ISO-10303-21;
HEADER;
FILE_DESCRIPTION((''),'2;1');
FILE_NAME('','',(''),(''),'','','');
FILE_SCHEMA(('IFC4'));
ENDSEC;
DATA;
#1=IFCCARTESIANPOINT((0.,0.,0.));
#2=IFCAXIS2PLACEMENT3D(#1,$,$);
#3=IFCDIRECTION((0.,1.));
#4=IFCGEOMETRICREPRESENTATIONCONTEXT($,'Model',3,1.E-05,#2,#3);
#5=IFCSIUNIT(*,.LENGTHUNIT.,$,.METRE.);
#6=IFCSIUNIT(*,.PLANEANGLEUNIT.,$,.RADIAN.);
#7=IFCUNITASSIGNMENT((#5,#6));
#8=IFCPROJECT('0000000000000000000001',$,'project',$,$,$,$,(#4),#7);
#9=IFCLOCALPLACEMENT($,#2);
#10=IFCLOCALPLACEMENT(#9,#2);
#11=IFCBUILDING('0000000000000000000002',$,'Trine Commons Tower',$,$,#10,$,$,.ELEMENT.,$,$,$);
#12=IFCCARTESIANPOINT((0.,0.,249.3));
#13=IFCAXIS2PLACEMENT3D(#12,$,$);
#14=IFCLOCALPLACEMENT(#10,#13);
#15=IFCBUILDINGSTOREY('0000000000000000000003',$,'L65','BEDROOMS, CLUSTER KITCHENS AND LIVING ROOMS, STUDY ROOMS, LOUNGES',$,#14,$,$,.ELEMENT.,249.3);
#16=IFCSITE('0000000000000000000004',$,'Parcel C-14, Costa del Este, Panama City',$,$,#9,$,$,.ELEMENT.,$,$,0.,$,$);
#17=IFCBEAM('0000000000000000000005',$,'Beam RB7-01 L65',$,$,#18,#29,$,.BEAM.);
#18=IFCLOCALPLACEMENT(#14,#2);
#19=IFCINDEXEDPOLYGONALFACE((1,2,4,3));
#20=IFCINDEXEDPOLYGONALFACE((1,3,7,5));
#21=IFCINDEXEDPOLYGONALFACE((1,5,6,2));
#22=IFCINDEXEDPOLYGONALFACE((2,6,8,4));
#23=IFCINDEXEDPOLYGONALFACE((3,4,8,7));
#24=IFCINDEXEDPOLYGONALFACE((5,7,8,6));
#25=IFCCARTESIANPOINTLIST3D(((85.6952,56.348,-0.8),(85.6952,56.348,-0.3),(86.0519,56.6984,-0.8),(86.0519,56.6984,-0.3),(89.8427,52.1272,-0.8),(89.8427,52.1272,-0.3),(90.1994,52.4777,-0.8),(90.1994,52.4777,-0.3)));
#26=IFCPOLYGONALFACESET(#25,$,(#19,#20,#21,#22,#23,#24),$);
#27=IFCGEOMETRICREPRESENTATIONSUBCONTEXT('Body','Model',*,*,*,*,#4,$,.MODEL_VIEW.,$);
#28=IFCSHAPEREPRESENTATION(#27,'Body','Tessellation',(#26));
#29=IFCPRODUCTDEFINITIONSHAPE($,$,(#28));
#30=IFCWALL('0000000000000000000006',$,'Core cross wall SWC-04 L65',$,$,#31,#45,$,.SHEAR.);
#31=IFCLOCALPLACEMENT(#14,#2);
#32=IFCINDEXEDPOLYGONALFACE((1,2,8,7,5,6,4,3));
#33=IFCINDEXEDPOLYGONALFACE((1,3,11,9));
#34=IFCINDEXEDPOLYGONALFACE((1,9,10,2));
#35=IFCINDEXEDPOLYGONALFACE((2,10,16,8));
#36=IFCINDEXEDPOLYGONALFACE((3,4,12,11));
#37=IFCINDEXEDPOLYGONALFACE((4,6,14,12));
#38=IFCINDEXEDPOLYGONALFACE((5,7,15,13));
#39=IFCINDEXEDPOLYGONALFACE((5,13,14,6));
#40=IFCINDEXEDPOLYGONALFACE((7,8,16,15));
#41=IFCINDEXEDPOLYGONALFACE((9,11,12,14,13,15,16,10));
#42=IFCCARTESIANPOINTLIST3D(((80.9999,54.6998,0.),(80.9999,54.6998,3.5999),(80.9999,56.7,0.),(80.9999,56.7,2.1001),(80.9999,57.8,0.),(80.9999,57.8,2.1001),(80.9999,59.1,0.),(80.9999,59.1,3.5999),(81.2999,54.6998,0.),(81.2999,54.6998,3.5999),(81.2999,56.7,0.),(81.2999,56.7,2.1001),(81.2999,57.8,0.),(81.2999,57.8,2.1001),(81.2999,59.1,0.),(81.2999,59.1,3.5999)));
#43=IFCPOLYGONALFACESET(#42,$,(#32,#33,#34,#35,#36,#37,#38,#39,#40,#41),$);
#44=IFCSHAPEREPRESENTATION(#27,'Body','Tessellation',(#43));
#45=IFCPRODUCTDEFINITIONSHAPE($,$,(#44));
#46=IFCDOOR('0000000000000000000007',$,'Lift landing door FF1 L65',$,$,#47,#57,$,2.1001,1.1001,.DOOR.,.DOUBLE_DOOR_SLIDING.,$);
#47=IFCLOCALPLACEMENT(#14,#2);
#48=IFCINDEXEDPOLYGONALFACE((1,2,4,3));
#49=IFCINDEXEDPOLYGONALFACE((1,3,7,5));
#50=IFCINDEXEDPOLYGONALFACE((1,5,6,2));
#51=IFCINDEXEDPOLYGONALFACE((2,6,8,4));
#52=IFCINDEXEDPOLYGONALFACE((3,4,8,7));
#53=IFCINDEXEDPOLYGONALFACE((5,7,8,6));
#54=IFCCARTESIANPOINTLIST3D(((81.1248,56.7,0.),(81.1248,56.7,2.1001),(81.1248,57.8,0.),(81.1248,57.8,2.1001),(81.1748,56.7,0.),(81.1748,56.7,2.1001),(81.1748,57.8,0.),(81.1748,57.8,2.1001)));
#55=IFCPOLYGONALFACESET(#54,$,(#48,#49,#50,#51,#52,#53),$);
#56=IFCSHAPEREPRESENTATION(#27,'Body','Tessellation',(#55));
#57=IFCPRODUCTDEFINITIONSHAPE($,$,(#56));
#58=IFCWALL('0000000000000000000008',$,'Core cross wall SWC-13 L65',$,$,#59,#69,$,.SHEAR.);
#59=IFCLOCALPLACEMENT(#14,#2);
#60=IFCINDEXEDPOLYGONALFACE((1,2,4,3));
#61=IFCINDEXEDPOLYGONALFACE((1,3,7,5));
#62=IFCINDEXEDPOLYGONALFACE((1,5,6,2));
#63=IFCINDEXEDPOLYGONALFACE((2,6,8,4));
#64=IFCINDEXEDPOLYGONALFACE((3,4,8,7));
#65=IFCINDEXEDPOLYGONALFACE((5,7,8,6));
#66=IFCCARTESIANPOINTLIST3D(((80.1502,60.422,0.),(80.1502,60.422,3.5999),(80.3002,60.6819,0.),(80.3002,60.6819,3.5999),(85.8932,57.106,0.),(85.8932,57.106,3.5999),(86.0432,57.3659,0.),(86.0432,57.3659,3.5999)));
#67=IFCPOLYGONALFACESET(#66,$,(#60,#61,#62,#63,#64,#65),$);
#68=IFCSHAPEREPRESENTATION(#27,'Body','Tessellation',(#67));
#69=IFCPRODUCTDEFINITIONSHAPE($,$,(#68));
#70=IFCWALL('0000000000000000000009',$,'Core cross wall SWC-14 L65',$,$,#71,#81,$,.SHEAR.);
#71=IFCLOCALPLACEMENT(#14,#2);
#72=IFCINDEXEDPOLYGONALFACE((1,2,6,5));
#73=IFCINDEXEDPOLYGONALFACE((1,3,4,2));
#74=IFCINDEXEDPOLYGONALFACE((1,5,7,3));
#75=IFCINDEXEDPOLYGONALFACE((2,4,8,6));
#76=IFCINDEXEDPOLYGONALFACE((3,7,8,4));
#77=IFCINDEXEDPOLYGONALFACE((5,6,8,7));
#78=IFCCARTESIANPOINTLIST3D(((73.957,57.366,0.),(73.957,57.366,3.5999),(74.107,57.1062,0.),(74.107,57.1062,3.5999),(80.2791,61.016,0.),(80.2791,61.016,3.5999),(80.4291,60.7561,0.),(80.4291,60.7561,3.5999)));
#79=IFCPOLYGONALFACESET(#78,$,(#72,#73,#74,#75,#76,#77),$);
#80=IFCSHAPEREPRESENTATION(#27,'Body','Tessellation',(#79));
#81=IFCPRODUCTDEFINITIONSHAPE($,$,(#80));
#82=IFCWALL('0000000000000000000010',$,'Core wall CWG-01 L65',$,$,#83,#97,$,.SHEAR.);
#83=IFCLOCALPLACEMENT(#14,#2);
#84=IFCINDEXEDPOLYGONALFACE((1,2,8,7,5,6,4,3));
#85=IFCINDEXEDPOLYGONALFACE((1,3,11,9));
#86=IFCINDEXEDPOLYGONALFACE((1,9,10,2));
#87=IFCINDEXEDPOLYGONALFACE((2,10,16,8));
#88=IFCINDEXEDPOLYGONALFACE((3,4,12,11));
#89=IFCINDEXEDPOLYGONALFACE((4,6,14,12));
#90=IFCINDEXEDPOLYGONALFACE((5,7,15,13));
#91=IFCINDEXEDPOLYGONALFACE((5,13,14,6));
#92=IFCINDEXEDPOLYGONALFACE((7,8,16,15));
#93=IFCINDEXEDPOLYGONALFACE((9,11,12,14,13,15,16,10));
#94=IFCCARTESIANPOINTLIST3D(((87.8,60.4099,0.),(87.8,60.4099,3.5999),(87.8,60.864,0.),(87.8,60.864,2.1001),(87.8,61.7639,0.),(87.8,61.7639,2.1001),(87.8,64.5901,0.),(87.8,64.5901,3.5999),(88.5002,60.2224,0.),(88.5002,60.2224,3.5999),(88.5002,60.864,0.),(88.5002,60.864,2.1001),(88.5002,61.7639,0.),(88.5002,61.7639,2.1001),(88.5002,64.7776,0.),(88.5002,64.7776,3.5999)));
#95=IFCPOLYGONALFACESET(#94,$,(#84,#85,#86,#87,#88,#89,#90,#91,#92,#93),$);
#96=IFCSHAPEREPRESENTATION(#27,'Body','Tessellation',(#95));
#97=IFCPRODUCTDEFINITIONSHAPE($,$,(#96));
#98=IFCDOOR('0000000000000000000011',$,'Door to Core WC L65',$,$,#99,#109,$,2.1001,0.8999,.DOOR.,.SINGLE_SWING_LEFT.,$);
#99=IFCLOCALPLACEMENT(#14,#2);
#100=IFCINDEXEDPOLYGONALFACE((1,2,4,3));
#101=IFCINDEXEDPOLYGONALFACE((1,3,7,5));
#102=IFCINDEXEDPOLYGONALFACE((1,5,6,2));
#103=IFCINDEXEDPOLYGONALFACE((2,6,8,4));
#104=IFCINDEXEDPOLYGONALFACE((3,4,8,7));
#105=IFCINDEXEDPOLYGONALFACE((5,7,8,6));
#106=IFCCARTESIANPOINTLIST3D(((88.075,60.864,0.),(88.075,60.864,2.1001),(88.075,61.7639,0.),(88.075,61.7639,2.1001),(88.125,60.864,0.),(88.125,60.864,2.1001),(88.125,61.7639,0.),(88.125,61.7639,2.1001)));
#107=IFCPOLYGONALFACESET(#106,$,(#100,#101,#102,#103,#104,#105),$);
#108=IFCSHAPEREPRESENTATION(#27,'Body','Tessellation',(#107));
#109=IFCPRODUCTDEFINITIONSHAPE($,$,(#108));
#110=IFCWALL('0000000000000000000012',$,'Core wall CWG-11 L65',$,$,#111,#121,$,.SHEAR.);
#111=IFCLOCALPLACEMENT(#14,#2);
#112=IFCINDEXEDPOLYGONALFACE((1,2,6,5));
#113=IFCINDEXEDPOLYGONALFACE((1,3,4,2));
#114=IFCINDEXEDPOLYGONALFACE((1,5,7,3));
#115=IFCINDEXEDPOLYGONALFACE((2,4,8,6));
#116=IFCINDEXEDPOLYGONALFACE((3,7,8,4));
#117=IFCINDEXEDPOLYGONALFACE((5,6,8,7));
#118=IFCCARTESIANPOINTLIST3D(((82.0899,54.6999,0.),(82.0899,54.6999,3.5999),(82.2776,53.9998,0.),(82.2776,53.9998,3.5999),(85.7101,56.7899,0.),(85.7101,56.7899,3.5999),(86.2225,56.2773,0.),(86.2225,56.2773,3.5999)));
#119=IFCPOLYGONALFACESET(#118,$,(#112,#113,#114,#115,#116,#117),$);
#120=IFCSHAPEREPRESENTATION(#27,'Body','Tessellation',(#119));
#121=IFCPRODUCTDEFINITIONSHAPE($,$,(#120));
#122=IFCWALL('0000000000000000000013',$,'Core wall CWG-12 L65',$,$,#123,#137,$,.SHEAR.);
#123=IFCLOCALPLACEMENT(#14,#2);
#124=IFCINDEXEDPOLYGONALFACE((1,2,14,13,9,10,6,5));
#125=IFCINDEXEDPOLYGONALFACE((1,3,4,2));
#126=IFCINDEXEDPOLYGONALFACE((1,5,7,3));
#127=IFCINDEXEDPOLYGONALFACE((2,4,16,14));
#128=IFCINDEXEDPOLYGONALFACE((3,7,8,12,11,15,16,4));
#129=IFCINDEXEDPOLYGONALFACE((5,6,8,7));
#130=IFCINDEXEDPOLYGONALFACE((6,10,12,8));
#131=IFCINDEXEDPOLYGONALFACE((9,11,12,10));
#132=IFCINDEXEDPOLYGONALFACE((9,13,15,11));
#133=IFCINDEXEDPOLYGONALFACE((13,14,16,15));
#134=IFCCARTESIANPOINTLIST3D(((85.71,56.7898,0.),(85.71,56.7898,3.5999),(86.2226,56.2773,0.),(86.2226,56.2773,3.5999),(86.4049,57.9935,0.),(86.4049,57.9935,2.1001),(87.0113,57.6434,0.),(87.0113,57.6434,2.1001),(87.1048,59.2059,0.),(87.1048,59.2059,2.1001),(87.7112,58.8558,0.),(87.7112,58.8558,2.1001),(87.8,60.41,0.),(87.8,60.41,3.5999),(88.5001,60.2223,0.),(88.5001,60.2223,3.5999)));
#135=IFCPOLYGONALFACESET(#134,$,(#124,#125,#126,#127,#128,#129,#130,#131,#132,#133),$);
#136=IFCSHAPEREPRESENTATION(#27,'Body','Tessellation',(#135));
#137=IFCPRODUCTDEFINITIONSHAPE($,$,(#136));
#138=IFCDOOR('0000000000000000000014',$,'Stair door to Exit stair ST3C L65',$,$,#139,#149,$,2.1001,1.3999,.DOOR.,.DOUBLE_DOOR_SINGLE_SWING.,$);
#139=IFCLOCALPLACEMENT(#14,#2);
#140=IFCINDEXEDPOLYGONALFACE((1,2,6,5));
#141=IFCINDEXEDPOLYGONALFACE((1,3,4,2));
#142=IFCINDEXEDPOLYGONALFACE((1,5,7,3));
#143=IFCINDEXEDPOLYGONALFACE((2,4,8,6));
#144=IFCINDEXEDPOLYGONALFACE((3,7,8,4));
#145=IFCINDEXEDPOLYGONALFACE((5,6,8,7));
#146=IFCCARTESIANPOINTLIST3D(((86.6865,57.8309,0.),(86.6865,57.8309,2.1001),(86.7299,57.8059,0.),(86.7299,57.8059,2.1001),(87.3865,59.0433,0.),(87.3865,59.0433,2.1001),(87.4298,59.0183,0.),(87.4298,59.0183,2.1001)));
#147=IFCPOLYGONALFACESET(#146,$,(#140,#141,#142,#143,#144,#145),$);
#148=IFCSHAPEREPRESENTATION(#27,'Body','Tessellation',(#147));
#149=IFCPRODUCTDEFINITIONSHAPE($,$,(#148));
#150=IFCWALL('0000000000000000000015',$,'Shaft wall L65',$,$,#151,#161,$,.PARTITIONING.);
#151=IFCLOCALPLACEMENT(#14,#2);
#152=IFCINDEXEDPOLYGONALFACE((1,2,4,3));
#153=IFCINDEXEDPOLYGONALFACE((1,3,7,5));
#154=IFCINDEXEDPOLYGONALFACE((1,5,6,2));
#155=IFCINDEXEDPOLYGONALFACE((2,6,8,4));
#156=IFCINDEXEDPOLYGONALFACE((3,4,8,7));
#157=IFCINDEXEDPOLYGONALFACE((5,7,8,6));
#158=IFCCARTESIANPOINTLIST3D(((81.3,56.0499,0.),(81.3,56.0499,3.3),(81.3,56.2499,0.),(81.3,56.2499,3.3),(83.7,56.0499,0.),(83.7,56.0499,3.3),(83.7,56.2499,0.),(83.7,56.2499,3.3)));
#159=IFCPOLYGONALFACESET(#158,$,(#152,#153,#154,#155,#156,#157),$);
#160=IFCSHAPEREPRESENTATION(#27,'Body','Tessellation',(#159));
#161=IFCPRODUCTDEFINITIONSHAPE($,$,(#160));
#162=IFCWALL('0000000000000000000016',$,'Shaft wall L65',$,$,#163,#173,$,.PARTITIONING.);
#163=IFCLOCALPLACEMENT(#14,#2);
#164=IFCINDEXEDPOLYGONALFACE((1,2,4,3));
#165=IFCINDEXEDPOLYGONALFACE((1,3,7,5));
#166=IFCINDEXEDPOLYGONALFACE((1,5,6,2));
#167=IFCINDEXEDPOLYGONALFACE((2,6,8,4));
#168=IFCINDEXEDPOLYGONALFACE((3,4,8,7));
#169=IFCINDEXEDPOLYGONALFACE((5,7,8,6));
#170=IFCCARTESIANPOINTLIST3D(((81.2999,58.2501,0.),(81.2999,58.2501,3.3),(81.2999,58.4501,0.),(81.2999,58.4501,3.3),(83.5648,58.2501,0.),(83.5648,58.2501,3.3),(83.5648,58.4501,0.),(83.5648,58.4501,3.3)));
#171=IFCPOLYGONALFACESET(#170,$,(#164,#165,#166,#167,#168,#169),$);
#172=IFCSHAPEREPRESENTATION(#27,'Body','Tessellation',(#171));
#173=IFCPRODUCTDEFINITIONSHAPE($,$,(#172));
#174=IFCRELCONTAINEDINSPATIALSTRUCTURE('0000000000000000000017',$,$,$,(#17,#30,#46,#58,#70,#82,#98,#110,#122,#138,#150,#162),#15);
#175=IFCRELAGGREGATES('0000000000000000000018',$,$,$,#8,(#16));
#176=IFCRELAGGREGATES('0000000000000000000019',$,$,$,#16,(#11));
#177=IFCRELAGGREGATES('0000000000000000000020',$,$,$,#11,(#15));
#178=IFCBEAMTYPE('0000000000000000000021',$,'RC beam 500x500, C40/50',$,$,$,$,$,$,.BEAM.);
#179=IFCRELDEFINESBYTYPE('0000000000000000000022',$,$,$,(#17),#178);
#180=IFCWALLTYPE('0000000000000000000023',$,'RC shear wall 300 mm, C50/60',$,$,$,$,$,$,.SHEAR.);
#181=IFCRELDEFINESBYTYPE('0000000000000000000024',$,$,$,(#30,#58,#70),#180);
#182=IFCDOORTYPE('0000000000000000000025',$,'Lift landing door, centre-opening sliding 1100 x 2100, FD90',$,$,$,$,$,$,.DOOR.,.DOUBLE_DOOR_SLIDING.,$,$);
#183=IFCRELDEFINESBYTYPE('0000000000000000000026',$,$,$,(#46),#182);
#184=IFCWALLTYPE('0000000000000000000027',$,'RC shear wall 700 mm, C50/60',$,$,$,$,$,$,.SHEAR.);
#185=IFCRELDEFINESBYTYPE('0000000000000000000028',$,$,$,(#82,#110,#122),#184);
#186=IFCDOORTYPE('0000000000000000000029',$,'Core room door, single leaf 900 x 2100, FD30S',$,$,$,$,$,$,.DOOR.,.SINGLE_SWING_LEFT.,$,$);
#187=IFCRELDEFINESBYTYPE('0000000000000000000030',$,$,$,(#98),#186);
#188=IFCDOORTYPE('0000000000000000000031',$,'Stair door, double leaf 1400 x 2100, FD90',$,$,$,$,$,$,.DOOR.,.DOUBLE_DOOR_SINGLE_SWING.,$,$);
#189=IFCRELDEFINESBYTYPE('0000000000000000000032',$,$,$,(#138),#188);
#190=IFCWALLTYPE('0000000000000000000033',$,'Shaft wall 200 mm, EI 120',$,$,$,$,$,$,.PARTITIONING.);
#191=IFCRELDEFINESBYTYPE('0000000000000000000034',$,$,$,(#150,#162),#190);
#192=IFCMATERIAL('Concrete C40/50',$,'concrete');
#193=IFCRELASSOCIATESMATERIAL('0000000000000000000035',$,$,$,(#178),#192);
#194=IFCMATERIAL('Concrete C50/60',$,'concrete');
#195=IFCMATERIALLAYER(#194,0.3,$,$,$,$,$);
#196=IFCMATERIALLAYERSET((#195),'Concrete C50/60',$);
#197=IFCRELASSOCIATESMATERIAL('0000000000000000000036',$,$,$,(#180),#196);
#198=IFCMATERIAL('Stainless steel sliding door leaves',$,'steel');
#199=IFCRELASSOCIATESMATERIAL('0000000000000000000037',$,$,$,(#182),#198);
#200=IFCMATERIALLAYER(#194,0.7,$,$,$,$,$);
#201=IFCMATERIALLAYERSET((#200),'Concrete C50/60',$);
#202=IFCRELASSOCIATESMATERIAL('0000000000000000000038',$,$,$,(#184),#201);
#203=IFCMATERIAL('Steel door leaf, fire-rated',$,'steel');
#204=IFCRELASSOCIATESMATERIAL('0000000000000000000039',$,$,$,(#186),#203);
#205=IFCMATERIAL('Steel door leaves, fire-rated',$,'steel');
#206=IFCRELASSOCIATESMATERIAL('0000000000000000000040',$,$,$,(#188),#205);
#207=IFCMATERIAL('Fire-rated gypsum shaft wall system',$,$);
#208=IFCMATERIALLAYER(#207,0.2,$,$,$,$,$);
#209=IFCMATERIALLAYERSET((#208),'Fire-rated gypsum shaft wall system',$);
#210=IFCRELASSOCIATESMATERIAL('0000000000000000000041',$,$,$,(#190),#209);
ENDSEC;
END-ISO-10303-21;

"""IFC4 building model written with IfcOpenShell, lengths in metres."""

from ifc_helpers import new_model, si_unit, direction, frame, frame_2d, origin, origin_2d, place, context, subcontext, project, spatial, polyline, rectangle, outline, extrude, material, layer, layer_set, material_profile, profile_set, type_object, element, fill, save


model = new_model("IFC4")

# Units and contexts
model_context = context("Model", 3, precision=1e-05, world=origin(), true_north=direction((0.0, 1.0)))
body_context = subcontext(model_context, "Body", "Model", "MODEL_VIEW")
ifc_project = project(units=[si_unit("LENGTHUNIT", "METRE"), si_unit("PLANEANGLEUNIT", "RADIAN")], contexts=[model_context])

# Site, building, storey
site_placement = place(None, origin())
site = spatial("IfcSite", under=ifc_project, at=site_placement, Name="Parcel C-14, Costa del Este, Panama City", CompositionType="ELEMENT", RefElevation=0.0)
building_placement = place(site_placement, origin())
building = spatial("IfcBuilding", under=site, at=building_placement, Name="Trine Commons Tower", CompositionType="ELEMENT")
storey_placement = place(building_placement, frame((0.0, 0.0, 249.3)))
storey = spatial("IfcBuildingStorey", under=building, at=storey_placement, Name="L65", Description="BEDROOMS, CLUSTER KITCHENS AND LIVING ROOMS, STUDY ROOMS, LOUNGES", CompositionType="ELEMENT", Elevation=249.3)

# Beam
ifc_material_1 = material(Name="Concrete C40/50", Category="concrete")
ifc_material_profile = material_profile(ifc_material_1, rectangle(XDim=0.5, YDim=0.5, at=origin_2d()), Name="RC 500x500")
ifc_profile_set = profile_set([ifc_material_profile], Name="Concrete C40/50")
beam_type = type_object("IfcBeamType", Name="RC beam 500x500, C40/50", PredefinedType="BEAM", material=ifc_profile_set)
beam_placement = place(storey_placement, frame((85.8735, 56.5232, -0.55), z_axis=(0.700891, -0.713268, 0.0), x_axis=(0.713268, 0.700891, 0.0)))
element("IfcBeam", 1, at=beam_placement, inside=storey, type_object=beam_type, Name="Beam RB7-01 L65", PredefinedType="BEAM", context=body_context, shape_type="SweptSolid", body=[
    extrude(rectangle(XDim=0.5, YDim=0.5, at=origin_2d()), origin(), (0.0, 0.0, 1.0), 5.9175),
])

# Wall, opening, door
ifc_material_2 = material(Name="Concrete C50/60", Category="concrete")
ifc_layer_1 = layer(ifc_material_2, 0.3)
ifc_layer_set_1 = layer_set([ifc_layer_1], Name="Concrete C50/60")
wall_type_1 = type_object("IfcWallType", Name="RC shear wall 300 mm, C50/60", PredefinedType="SHEAR", material=ifc_layer_set_1)
wall_1_placement = place(storey_placement, frame((81.1499, 59.1001, 0.0), z_axis=(0.0, 0.0, 1.0), x_axis=(0.0, -1.0, 0.0)))
wall_1 = element("IfcWall", 2, at=wall_1_placement, inside=storey, type_object=wall_type_1, Name="Core cross wall SWC-04 L65", PredefinedType="SHEAR", context=body_context, shape_type="SweptSolid", body=[
    extrude(rectangle(XDim=4.4001, YDim=0.3, at=frame_2d((2.2002, 0.0))), origin(), (0.0, 0.0, 1.0), 3.5999),
])
opening_1_placement = place(wall_1_placement, frame((1.3, 0.0, 0.0)))
opening_1 = element("IfcOpeningElement", 3, at=opening_1_placement, cuts=wall_1, PredefinedType="OPENING", context=body_context, shape_type="SweptSolid", body=[
    extrude(rectangle(XDim=1.1001, YDim=2.1001, at=frame_2d((0.55, 1.05))), frame((0.0, 0.1599, 0.0), z_axis=(0.0, -1.0, 0.0), x_axis=(1.0, 0.0, 0.0)), (0.0, 0.0, 1.0), 0.3201),
])
ifc_material_3 = material(Name="Stainless steel sliding door leaves", Category="steel")
door_type_1 = type_object("IfcDoorType", Name="Lift landing door, centre-opening sliding 1100 x 2100, FD90", OperationType="DOUBLE_DOOR_SLIDING", PredefinedType="DOOR", material=ifc_material_3)
door_1_placement = place(opening_1_placement, origin())
door_1 = element("IfcDoor", 4, at=door_1_placement, inside=storey, type_object=door_type_1, Name="Lift landing door FF1 L65", OperationType="DOUBLE_DOOR_SLIDING", OverallHeight=2.1001, OverallWidth=1.1001, PredefinedType="DOOR", context=body_context, shape_type="SweptSolid", body=[
    extrude(rectangle(XDim=1.1001, YDim=2.1001, at=frame_2d((0.55, 1.05))), frame((0.0, 0.0249, 0.0), z_axis=(0.0, -1.0, 0.0), x_axis=(1.0, 0.0, 0.0)), (0.0, 0.0, 1.0), 0.05),
])
fill(opening_1, door_1)

# Walls
wall_2_placement = place(storey_placement, frame((80.2251, 60.552, 0.0), z_axis=(0.0, 0.0, 1.0), x_axis=(0.86601, -0.500027, 0.0)))
element("IfcWall", 5, at=wall_2_placement, inside=storey, type_object=wall_type_1, Name="Core cross wall SWC-13 L65", PredefinedType="SHEAR", context=body_context, shape_type="SweptSolid", body=[
    extrude(rectangle(XDim=6.6316, YDim=0.3, at=frame_2d((3.3159, 0.0))), origin(), (0.0, 0.0, 1.0), 3.5999),
])
wall_3_placement = place(storey_placement, frame((80.354, 60.886, 0.0), z_axis=(0.0, 0.0, 1.0), x_axis=(-0.866032, -0.499988, 0.0)))
element("IfcWall", 6, at=wall_3_placement, inside=storey, type_object=wall_type_1, Name="Core cross wall SWC-14 L65", PredefinedType="SHEAR", context=body_context, shape_type="SweptSolid", body=[
    extrude(rectangle(XDim=7.3, YDim=0.3, at=frame_2d((3.6499, 0.0))), origin(), (0.0, 0.0, 1.0), 3.5999),
])

# Wall, opening, door
ifc_layer_2 = layer(ifc_material_2, 0.7)
ifc_layer_set_2 = layer_set([ifc_layer_2], Name="Concrete C50/60")
wall_type_2 = type_object("IfcWallType", Name="RC shear wall 700 mm, C50/60", PredefinedType="SHEAR", material=ifc_layer_set_2)
wall_4_placement = place(storey_placement, frame((88.1501, 60.2224, 0.0), z_axis=(0.0, 0.0, 1.0), x_axis=(0.0, 1.0, 0.0)))
wall_4 = element("IfcWall", 7, at=wall_4_placement, inside=storey, type_object=wall_type_2, Name="Core wall CWG-01 L65", PredefinedType="SHEAR", context=body_context, shape_type="SweptSolid", body=[
    extrude(outline(polyline([(0.0, -0.3501), (4.5552, -0.3501), (4.3677, 0.3501), (0.1875, 0.3501), (0.0, -0.3501)])), origin(), (0.0, 0.0, 1.0), 3.5999),
])
opening_2_placement = place(wall_4_placement, frame((0.6416, 0.0, 0.0)))
opening_2 = element("IfcOpeningElement", 8, at=opening_2_placement, cuts=wall_4, PredefinedType="OPENING", context=body_context, shape_type="SweptSolid", body=[
    extrude(rectangle(XDim=0.8999, YDim=2.1001, at=frame_2d((0.45, 1.05))), frame((0.0, 0.3599, 0.0), z_axis=(0.0, -1.0, 0.0), x_axis=(1.0, 0.0, 0.0)), (0.0, 0.0, 1.0), 0.72),
])
ifc_material_4 = material(Name="Steel door leaf, fire-rated", Category="steel")
door_type_2 = type_object("IfcDoorType", Name="Core room door, single leaf 900 x 2100, FD30S", OperationType="SINGLE_SWING_LEFT", PredefinedType="DOOR", material=ifc_material_4)
door_2_placement = place(opening_2_placement, origin())
door_2 = element("IfcDoor", 9, at=door_2_placement, inside=storey, type_object=door_type_2, Name="Door to Core WC L65", OperationType="SINGLE_SWING_LEFT", OverallHeight=2.1001, OverallWidth=0.8999, PredefinedType="DOOR", context=body_context, shape_type="SweptSolid", body=[
    extrude(rectangle(XDim=0.8999, YDim=2.1001, at=frame_2d((0.45, 1.05))), frame((0.0, 0.0752, 0.0), z_axis=(0.0, -1.0, 0.0), x_axis=(1.0, 0.0, 0.0)), (0.0, 0.0, 1.0), 0.05),
])
fill(opening_2, door_2)

# Wall
wall_5_placement = place(storey_placement, frame((82.1025, 54.303, 0.0), z_axis=(0.0, 0.0, 1.0), x_axis=(0.866035, 0.499984, 0.0)))
element("IfcWall", 10, at=wall_5_placement, inside=storey, type_object=wall_type_2, Name="Core wall CWG-11 L65", PredefinedType="SHEAR", context=body_context, shape_type="SweptSolid", body=[
    extrude(outline(polyline([(0.0, -0.3501), (4.5552, -0.3501), (4.3677, 0.3501), (0.1875, 0.3501), (0.0, -0.3501)])), origin(), (0.0, 0.0, 1.0), 3.5999),
])

# Wall, opening, door
wall_6_placement = place(storey_placement, frame((85.9194, 56.4524, 0.0), z_axis=(0.0, 0.0, 1.0), x_axis=(0.499984, 0.866035, 0.0)))
wall_6 = element("IfcWall", 11, at=wall_6_placement, inside=storey, type_object=wall_type_2, Name="Core wall CWG-12 L65", PredefinedType="SHEAR", context=body_context, shape_type="SweptSolid", body=[
    extrude(outline(polyline([(0.0, -0.3501), (4.5552, -0.3501), (4.3677, 0.3501), (0.1875, 0.3501), (0.0, -0.3501)])), origin(), (0.0, 0.0, 1.0), 3.5999),
])
opening_3_placement = place(wall_6_placement, frame((1.5774, 0.0, 0.0)))
opening_3 = element("IfcOpeningElement", 12, at=opening_3_placement, cuts=wall_6, PredefinedType="OPENING", context=body_context, shape_type="SweptSolid", body=[
    extrude(rectangle(XDim=1.3999, YDim=2.1001, at=frame_2d((0.7, 1.05))), frame((0.0, 0.3599, 0.0), z_axis=(0.0, -1.0, 0.0), x_axis=(1.0, 0.0, 0.0)), (0.0, 0.0, 1.0), 0.72),
])
ifc_material_5 = material(Name="Steel door leaves, fire-rated", Category="steel")
door_type_3 = type_object("IfcDoorType", Name="Stair door, double leaf 1400 x 2100, FD90", OperationType="DOUBLE_DOOR_SINGLE_SWING", PredefinedType="DOOR", material=ifc_material_5)
door_3_placement = place(opening_3_placement, origin())
door_3 = element("IfcDoor", 13, at=door_3_placement, inside=storey, type_object=door_type_3, Name="Stair door to Exit stair ST3C L65", OperationType="DOUBLE_DOOR_SINGLE_SWING", OverallHeight=2.1001, OverallWidth=1.3999, PredefinedType="DOOR", context=body_context, shape_type="SweptSolid", body=[
    extrude(rectangle(XDim=1.3999, YDim=2.1001, at=frame_2d((0.7, 1.05))), frame((0.0, 0.0249, 0.0), z_axis=(0.0, -1.0, 0.0), x_axis=(1.0, 0.0, 0.0)), (0.0, 0.0, 1.0), 0.05),
])
fill(opening_3, door_3)

# Walls
ifc_material_6 = material(Name="Fire-rated gypsum shaft wall system")
ifc_layer_3 = layer(ifc_material_6, 0.2)
ifc_layer_set_3 = layer_set([ifc_layer_3], Name="Fire-rated gypsum shaft wall system")
wall_type_3 = type_object("IfcWallType", Name="Shaft wall 200 mm, EI 120", PredefinedType="PARTITIONING", material=ifc_layer_set_3)
wall_7_placement = place(storey_placement, frame((81.3, 56.1499, 0.0), z_axis=(0.0, 0.0, 1.0), x_axis=(1.0, 0.0, 0.0)))
element("IfcWall", 14, at=wall_7_placement, inside=storey, type_object=wall_type_3, Name="Shaft wall L65", PredefinedType="PARTITIONING", context=body_context, shape_type="SweptSolid", body=[
    extrude(rectangle(XDim=2.3999, YDim=0.2, at=frame_2d((1.2, 0.0))), origin(), (0.0, 0.0, 1.0), 3.3),
])
wall_8_placement = place(storey_placement, frame((81.3, 58.3501, 0.0), z_axis=(0.0, 0.0, 1.0), x_axis=(1.0, 0.0, 0.0)))
element("IfcWall", 15, at=wall_8_placement, inside=storey, type_object=wall_type_3, Name="Shaft wall L65", PredefinedType="PARTITIONING", context=body_context, shape_type="SweptSolid", body=[
    extrude(rectangle(XDim=2.2649, YDim=0.2, at=frame_2d((1.1323, 0.0))), origin(), (0.0, 0.0, 1.0), 3.3),
])

save(model, "model.ifc")
